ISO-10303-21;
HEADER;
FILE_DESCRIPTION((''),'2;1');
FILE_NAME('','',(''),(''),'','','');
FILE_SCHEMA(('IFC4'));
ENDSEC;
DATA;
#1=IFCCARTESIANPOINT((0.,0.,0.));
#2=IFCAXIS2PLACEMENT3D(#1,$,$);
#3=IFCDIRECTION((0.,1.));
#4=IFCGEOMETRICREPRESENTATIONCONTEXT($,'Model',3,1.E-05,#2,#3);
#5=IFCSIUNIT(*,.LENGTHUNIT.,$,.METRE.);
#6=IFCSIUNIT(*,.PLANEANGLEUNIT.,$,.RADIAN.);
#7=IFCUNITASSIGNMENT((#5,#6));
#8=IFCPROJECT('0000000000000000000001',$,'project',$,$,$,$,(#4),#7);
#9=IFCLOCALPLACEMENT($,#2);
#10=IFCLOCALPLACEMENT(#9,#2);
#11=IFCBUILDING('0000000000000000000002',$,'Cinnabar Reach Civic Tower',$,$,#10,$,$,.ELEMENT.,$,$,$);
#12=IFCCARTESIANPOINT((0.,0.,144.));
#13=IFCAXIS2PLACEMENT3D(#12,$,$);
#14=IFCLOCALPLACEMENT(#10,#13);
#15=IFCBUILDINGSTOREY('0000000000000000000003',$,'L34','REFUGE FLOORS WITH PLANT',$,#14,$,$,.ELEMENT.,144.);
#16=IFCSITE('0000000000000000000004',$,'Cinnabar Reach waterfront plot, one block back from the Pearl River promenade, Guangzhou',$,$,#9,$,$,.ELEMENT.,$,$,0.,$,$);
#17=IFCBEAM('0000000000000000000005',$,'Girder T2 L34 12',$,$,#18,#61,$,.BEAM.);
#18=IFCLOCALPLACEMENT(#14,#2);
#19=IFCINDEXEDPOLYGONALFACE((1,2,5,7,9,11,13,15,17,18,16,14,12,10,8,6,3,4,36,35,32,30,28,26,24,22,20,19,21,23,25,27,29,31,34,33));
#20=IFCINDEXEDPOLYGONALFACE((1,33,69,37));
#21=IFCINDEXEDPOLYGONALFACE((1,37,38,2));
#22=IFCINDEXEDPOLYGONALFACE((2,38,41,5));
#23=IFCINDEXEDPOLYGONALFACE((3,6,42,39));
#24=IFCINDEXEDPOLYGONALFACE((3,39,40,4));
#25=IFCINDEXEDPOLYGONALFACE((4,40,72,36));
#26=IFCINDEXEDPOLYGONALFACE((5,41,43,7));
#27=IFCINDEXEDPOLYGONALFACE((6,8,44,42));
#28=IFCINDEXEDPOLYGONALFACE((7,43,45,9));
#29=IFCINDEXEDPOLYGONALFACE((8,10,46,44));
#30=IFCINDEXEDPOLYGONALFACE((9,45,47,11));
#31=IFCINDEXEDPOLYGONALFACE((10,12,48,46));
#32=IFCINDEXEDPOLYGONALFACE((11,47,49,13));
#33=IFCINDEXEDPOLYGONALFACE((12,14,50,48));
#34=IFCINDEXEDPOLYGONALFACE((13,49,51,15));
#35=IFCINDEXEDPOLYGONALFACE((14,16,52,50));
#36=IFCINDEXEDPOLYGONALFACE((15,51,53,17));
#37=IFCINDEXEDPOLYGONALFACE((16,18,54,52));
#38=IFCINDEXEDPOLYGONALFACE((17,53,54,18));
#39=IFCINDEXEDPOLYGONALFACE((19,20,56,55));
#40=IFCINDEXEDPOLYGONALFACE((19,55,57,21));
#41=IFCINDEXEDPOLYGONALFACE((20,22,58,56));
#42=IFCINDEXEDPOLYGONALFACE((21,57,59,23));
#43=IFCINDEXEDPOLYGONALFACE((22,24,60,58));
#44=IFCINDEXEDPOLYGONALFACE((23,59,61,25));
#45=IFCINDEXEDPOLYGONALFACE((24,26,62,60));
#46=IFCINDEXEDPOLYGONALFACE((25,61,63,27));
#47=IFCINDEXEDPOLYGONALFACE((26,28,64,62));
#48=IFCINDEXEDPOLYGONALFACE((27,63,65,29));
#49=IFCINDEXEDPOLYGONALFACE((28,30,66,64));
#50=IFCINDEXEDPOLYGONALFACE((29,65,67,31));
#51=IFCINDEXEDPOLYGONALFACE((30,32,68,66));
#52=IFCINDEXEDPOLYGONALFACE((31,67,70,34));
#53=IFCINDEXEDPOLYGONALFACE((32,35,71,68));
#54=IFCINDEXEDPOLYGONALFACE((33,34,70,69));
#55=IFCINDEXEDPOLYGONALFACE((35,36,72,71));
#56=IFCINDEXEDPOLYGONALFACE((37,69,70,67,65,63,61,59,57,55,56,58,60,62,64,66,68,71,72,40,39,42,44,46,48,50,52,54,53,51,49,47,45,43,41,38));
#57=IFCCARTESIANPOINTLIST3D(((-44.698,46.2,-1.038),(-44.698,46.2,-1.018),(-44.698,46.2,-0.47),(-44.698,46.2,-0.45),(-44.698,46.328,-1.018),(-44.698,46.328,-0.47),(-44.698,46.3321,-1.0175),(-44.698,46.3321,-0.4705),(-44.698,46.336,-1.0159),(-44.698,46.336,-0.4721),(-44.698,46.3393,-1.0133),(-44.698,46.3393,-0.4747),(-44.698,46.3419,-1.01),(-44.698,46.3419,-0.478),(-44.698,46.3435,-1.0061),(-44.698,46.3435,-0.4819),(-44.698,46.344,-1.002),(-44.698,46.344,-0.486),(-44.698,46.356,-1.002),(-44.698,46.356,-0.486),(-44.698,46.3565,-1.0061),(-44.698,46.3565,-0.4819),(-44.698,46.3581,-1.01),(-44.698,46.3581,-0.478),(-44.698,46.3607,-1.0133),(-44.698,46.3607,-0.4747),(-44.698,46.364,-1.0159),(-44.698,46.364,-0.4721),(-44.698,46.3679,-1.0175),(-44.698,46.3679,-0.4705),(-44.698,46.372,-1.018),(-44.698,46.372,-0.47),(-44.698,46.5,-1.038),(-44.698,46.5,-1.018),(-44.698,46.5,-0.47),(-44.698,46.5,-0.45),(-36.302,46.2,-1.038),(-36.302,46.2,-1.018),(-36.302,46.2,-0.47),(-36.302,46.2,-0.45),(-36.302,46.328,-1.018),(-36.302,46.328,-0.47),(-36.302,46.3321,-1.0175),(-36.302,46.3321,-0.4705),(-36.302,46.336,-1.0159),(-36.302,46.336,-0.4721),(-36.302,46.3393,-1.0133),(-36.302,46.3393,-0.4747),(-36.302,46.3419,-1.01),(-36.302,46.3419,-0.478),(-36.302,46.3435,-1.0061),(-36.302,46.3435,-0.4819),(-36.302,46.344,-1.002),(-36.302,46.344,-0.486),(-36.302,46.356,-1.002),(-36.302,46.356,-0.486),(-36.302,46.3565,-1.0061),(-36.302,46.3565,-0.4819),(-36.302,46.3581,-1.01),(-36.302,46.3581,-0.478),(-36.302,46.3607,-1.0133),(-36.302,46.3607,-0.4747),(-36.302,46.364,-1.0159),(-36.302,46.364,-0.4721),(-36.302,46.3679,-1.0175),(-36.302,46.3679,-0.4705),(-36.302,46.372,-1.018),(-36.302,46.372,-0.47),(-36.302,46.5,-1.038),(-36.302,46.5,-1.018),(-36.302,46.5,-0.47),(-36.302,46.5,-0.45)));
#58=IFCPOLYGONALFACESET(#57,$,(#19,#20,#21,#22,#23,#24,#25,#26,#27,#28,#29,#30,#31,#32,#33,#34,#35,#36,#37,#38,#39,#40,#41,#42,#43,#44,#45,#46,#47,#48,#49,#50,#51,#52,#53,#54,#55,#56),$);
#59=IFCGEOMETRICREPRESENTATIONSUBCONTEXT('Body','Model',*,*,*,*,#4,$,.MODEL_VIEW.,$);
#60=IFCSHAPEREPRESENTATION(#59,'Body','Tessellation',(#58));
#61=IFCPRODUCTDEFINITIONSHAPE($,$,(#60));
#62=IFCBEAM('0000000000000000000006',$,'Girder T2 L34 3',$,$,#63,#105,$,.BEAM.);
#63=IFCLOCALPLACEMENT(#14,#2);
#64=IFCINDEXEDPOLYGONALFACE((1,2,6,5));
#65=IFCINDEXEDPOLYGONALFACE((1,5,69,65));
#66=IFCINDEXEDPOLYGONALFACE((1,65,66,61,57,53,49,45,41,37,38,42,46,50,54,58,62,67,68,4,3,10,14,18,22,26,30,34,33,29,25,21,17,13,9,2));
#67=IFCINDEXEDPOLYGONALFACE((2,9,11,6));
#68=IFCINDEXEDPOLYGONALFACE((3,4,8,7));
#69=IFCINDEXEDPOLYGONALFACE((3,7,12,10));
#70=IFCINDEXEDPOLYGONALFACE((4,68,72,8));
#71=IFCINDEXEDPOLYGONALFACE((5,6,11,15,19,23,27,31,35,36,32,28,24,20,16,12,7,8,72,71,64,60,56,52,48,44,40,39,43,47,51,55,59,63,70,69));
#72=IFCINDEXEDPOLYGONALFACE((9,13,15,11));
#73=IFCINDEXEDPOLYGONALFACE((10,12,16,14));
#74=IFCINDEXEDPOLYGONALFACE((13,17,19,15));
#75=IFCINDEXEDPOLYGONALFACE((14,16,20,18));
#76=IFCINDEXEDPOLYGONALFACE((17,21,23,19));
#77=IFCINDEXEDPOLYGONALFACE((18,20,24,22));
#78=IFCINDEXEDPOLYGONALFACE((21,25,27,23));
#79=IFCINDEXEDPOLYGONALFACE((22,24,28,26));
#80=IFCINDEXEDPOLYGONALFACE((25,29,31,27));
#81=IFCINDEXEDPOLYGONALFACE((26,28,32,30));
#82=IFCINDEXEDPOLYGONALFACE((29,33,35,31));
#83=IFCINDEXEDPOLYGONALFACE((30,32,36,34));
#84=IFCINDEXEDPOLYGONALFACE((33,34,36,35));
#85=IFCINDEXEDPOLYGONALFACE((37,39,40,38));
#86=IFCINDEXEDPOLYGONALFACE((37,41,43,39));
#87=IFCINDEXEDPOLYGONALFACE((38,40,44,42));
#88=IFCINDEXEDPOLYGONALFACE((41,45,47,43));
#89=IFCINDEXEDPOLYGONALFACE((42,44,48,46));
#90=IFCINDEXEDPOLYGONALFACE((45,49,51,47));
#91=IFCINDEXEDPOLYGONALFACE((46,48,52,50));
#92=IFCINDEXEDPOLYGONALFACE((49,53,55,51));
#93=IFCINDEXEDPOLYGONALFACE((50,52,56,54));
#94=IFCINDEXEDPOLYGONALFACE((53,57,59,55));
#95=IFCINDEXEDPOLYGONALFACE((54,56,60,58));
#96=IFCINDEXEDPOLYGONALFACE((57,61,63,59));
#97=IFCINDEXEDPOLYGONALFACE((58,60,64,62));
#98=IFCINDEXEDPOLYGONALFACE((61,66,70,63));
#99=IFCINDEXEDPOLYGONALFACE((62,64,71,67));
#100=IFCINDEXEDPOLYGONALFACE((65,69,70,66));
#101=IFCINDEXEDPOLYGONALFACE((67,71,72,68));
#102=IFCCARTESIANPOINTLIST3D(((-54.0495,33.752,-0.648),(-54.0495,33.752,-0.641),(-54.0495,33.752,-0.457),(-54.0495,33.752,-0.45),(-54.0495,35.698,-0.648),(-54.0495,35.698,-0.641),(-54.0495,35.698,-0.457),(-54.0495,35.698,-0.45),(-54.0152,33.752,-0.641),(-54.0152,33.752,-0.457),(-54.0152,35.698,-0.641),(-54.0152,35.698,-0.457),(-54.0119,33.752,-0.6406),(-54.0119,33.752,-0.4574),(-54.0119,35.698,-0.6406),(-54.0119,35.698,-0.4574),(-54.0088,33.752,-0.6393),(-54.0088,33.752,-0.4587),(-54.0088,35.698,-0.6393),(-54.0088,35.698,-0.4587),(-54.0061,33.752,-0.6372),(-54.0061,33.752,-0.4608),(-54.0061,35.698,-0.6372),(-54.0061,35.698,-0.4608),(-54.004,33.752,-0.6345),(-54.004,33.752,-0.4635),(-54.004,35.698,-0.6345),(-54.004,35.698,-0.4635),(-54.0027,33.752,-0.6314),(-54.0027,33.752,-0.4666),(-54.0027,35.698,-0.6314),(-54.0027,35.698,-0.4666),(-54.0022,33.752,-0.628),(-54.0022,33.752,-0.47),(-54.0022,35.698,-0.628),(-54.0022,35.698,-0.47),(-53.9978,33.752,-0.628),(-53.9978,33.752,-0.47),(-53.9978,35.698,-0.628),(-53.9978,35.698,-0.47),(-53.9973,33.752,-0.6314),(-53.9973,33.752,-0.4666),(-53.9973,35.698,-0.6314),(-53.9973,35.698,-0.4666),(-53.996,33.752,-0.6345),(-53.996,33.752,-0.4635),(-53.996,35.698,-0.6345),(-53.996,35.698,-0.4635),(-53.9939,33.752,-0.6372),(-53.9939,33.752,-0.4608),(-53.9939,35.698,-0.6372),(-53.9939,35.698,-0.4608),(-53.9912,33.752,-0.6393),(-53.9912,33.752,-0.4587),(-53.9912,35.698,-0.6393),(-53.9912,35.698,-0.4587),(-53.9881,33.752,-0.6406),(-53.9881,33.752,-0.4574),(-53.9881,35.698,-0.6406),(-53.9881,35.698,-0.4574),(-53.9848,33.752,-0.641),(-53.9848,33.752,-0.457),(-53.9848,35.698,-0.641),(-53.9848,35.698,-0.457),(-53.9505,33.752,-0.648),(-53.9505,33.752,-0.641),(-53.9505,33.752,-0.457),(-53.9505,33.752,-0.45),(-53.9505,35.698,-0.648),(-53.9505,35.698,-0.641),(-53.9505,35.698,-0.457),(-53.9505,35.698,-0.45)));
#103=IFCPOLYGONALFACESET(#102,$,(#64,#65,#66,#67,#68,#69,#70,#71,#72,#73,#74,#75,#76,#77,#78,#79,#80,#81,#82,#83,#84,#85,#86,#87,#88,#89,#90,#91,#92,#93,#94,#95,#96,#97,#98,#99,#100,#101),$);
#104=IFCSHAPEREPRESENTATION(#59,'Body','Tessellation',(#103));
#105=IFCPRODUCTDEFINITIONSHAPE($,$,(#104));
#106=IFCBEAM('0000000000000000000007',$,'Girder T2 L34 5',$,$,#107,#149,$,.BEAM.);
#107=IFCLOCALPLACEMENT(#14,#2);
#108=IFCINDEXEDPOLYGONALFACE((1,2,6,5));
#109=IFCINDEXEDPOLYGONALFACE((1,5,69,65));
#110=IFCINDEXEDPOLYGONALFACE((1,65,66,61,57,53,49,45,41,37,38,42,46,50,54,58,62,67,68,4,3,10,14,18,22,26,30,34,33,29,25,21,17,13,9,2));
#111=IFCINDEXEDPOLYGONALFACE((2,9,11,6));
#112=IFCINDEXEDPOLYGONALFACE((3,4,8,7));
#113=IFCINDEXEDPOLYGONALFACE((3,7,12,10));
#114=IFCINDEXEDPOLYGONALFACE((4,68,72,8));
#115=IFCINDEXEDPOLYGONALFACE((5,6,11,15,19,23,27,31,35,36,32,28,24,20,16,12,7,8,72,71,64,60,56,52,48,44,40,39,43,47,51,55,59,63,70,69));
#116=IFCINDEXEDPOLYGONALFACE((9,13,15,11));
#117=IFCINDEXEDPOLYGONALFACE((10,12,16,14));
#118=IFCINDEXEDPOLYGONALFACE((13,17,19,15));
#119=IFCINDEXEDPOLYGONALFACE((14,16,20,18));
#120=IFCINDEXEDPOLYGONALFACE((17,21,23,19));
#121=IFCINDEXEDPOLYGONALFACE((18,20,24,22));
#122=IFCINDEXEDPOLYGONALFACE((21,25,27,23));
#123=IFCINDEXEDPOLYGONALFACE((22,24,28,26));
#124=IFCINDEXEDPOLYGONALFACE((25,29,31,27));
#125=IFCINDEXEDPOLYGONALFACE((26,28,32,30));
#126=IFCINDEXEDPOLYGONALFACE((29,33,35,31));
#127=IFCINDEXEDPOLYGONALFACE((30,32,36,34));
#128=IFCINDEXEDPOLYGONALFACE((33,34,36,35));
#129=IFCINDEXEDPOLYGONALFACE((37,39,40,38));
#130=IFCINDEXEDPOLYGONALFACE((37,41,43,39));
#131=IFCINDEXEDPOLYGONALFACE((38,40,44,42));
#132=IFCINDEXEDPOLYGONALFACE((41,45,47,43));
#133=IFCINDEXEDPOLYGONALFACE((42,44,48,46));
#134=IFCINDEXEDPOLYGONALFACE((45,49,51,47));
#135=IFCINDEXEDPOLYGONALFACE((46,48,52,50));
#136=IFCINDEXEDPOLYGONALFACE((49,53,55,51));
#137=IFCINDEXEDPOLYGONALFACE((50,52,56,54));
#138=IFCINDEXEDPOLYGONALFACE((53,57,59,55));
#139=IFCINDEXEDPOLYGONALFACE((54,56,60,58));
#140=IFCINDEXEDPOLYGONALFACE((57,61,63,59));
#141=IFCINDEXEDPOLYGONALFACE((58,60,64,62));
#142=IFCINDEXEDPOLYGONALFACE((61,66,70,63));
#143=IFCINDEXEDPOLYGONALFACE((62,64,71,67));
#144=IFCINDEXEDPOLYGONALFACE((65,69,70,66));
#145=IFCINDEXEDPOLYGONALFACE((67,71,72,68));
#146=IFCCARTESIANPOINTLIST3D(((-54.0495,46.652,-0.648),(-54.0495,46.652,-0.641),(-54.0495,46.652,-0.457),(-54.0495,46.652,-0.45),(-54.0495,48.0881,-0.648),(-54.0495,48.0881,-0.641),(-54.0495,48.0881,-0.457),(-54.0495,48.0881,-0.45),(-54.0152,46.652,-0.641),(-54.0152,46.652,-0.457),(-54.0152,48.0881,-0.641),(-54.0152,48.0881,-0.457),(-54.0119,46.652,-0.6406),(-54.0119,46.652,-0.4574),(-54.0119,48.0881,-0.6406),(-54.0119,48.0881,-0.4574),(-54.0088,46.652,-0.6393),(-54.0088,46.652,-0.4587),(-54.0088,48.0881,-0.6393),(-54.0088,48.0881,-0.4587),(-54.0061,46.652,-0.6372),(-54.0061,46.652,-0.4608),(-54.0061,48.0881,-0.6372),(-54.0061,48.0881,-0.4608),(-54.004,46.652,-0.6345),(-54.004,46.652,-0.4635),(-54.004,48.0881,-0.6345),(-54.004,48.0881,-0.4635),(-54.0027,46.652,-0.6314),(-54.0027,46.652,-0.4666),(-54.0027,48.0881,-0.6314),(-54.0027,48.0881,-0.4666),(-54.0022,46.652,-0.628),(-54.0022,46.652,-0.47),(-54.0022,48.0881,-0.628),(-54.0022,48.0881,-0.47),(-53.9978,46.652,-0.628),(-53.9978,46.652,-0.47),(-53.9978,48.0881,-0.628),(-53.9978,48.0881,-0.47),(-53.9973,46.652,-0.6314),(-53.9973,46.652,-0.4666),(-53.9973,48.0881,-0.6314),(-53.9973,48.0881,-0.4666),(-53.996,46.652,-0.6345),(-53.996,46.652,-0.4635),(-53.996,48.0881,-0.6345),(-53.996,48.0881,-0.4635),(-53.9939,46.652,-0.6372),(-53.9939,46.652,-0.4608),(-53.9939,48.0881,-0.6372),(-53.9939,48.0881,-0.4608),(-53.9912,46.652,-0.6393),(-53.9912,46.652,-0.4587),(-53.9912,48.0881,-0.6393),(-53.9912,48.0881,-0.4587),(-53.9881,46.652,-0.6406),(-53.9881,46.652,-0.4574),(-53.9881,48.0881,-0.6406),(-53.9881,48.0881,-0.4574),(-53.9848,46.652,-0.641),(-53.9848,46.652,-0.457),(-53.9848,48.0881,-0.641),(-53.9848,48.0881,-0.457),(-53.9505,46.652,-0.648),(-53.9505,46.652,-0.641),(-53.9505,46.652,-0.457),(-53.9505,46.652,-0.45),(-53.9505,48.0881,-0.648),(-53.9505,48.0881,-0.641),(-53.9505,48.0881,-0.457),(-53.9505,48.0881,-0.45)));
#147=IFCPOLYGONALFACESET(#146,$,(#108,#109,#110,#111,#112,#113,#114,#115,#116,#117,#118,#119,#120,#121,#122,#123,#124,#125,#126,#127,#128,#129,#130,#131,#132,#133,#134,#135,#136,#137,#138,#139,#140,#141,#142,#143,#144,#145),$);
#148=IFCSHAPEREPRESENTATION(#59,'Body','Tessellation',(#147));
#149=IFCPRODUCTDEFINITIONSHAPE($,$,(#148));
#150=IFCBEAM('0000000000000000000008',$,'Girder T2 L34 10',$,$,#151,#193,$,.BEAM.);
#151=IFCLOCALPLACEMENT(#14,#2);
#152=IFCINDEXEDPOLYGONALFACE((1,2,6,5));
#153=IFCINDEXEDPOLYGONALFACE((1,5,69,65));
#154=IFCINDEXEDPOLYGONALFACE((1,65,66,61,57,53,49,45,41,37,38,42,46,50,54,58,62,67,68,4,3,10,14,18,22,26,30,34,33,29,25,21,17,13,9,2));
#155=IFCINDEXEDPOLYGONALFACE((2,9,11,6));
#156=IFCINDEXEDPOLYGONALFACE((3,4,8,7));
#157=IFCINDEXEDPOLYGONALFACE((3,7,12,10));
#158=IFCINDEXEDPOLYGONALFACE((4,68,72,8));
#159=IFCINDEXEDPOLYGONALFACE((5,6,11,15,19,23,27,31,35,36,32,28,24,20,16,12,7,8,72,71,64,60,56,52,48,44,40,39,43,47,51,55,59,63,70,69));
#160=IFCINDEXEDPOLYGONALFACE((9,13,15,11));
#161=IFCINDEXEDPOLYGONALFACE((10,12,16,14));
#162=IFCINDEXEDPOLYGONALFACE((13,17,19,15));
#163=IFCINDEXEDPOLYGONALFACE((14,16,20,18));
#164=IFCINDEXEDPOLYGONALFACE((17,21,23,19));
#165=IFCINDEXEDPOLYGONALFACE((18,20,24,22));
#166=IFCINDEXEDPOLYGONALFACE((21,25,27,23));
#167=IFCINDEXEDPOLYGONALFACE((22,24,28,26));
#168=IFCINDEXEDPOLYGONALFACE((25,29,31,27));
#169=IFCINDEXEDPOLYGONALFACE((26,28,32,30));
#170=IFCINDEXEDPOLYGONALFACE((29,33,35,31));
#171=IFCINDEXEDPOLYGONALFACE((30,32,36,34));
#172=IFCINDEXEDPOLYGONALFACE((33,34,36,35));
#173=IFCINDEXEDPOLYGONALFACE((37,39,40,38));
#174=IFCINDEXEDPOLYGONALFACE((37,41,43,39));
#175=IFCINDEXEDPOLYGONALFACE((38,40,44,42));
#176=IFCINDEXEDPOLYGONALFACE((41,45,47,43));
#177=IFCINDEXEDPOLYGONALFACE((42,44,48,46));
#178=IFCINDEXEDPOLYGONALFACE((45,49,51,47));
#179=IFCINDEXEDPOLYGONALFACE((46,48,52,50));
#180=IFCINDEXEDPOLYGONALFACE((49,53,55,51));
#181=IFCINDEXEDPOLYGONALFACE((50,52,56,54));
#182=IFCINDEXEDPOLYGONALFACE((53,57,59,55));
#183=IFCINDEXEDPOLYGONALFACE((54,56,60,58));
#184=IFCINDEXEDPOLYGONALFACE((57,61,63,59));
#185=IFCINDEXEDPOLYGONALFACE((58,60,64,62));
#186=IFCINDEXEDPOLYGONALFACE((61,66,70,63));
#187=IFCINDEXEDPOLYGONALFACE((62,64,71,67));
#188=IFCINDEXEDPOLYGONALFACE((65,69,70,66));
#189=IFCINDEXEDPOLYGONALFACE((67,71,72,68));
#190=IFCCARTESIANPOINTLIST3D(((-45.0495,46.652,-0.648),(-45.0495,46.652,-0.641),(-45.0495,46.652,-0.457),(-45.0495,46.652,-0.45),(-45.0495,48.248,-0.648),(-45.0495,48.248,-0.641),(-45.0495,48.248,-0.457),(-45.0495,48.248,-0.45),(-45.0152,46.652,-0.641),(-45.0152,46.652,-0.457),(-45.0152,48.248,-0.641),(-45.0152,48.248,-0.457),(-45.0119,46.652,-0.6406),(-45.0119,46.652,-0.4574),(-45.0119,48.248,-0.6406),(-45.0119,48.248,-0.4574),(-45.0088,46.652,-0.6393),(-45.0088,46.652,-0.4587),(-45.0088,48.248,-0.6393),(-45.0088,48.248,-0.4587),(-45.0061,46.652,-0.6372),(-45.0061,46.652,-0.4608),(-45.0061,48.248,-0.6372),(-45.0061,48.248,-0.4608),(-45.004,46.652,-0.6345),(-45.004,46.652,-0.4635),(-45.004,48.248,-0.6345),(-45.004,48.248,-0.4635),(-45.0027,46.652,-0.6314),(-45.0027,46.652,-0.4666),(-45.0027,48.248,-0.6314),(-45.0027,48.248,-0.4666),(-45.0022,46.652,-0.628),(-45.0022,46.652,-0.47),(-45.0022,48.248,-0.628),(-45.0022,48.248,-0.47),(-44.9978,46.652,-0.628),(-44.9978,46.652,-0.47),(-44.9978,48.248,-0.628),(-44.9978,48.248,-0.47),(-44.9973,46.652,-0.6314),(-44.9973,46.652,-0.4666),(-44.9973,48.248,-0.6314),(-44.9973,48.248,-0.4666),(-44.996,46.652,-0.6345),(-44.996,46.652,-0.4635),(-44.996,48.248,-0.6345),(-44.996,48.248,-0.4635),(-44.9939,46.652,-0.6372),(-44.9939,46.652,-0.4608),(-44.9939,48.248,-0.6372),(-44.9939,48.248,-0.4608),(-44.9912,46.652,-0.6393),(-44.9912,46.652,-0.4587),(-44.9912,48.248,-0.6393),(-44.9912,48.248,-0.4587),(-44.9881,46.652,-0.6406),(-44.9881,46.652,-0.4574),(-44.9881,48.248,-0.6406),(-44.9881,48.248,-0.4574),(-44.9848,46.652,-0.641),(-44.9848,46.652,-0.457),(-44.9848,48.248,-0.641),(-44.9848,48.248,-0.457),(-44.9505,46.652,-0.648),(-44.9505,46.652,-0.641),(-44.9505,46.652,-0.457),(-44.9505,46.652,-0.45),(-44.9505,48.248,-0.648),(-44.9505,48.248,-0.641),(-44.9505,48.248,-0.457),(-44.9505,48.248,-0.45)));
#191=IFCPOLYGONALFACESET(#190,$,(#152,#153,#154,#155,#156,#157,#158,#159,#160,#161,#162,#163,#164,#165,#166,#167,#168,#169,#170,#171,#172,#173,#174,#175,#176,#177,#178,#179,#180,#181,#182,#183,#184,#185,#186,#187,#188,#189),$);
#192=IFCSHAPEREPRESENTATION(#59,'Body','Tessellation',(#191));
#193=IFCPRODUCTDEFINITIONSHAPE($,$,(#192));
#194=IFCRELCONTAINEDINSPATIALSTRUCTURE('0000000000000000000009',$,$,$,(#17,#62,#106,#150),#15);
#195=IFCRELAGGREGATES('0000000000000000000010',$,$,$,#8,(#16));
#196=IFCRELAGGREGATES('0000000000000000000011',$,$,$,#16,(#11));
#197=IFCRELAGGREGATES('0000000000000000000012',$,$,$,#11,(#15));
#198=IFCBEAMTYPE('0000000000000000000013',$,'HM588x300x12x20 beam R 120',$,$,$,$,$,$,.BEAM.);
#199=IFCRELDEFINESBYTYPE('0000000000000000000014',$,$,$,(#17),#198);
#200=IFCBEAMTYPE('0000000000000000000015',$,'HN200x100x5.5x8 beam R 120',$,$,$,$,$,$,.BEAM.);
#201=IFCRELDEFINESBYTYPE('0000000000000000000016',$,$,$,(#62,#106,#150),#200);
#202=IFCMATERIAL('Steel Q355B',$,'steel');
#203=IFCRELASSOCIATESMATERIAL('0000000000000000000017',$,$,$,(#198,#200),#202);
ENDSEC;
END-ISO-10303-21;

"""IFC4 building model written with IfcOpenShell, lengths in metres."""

from ifc_helpers import new_model, si_unit, direction, frame, origin, origin_2d, place, context, subcontext, project, spatial, i_section, extrude, material, material_profile, profile_set, type_object, element, save


model = new_model("IFC4")

# Units and contexts
model_context = context("Model", 3, precision=1e-05, world=origin(), true_north=direction((0.0, 1.0)))
body_context = subcontext(model_context, "Body", "Model", "MODEL_VIEW")
ifc_project = project(units=[si_unit("LENGTHUNIT", "METRE"), si_unit("PLANEANGLEUNIT", "RADIAN")], contexts=[model_context])

# Site, building, storey
site_placement = place(None, origin())
site = spatial("IfcSite", under=ifc_project, at=site_placement, Name="Cinnabar Reach waterfront plot, one block back from the Pearl River promenade, Guangzhou", CompositionType="ELEMENT", RefElevation=0.0)
building_placement = place(site_placement, origin())
building = spatial("IfcBuilding", under=site, at=building_placement, Name="Cinnabar Reach Civic Tower", CompositionType="ELEMENT")
storey_placement = place(building_placement, frame((0.0, 0.0, 144.0)))
storey = spatial("IfcBuildingStorey", under=building, at=storey_placement, Name="L34", Description="REFUGE FLOORS WITH PLANT", CompositionType="ELEMENT", Elevation=144.0)

# Beams
ifc_material_1 = material(Name="Steel Q355B", Category="steel")
ifc_material_profile_1 = material_profile(ifc_material_1, i_section(OverallWidth=0.3, OverallDepth=0.588, WebThickness=0.012, FlangeThickness=0.02, FilletRadius=0.016, at=origin_2d()), Name="HM588x300x12x20")
ifc_profile_set_1 = profile_set([ifc_material_profile_1], Name="Steel Q355B")
beam_type_1 = type_object("IfcBeamType", Name="HM588x300x12x20 beam R 120", PredefinedType="BEAM", material=ifc_profile_set_1)
for number, where, z_axis, x_axis, name in (
    (1, (-44.698, 46.35, -0.744), (1.0, 0.0, 0.0), (0.0, 1.0, 0.0), "Girder T2 L34 12"),
):
    element("IfcBeam", number, at=place(storey_placement, frame(where, z_axis=z_axis, x_axis=x_axis)), inside=storey, type_object=beam_type_1, Name=name, PredefinedType="BEAM", context=body_context, shape_type="SweptSolid", body=[
        extrude(i_section(OverallWidth=0.3, OverallDepth=0.588, WebThickness=0.012, FlangeThickness=0.02, FilletRadius=0.016, at=origin_2d()), origin(), (0.0, 0.0, 1.0), 8.396),
    ])
ifc_material_profile_2 = material_profile(ifc_material_1, i_section(OverallWidth=0.099, OverallDepth=0.198, WebThickness=0.0045, FlangeThickness=0.007, FilletRadius=0.013, at=origin_2d()), Name="HN200x100x5.5x8")
ifc_profile_set_2 = profile_set([ifc_material_profile_2], Name="Steel Q355B")
beam_type_2 = type_object("IfcBeamType", Name="HN200x100x5.5x8 beam R 120", PredefinedType="BEAM", material=ifc_profile_set_2)
beam_1_placement = place(storey_placement, frame((-54.0, 33.752, -0.549), z_axis=(0.0, 1.0, 0.0), x_axis=(-1.0, 0.0, 0.0)))
element("IfcBeam", 2, at=beam_1_placement, inside=storey, type_object=beam_type_2, Name="Girder T2 L34 3", PredefinedType="BEAM", context=body_context, shape_type="SweptSolid", body=[
    extrude(i_section(OverallWidth=0.099, OverallDepth=0.198, WebThickness=0.0045, FlangeThickness=0.007, FilletRadius=0.013, at=origin_2d()), origin(), (0.0, 0.0, 1.0), 1.946),
])
beam_2_placement = place(storey_placement, frame((-54.0, 46.652, -0.549), z_axis=(0.0, 1.0, 0.0), x_axis=(-1.0, 0.0, 0.0)))
element("IfcBeam", 3, at=beam_2_placement, inside=storey, type_object=beam_type_2, Name="Girder T2 L34 5", PredefinedType="BEAM", context=body_context, shape_type="SweptSolid", body=[
    extrude(i_section(OverallWidth=0.099, OverallDepth=0.198, WebThickness=0.0045, FlangeThickness=0.007, FilletRadius=0.013, at=origin_2d()), origin(), (0.0, 0.0, 1.0), 1.4361),
])
beam_3_placement = place(storey_placement, frame((-45.0, 46.652, -0.549), z_axis=(0.0, 1.0, 0.0), x_axis=(-1.0, 0.0, 0.0)))
element("IfcBeam", 4, at=beam_3_placement, inside=storey, type_object=beam_type_2, Name="Girder T2 L34 10", PredefinedType="BEAM", context=body_context, shape_type="SweptSolid", body=[
    extrude(i_section(OverallWidth=0.099, OverallDepth=0.198, WebThickness=0.0045, FlangeThickness=0.007, FilletRadius=0.013, at=origin_2d()), origin(), (0.0, 0.0, 1.0), 1.596),
])

save(model, "model.ifc")
